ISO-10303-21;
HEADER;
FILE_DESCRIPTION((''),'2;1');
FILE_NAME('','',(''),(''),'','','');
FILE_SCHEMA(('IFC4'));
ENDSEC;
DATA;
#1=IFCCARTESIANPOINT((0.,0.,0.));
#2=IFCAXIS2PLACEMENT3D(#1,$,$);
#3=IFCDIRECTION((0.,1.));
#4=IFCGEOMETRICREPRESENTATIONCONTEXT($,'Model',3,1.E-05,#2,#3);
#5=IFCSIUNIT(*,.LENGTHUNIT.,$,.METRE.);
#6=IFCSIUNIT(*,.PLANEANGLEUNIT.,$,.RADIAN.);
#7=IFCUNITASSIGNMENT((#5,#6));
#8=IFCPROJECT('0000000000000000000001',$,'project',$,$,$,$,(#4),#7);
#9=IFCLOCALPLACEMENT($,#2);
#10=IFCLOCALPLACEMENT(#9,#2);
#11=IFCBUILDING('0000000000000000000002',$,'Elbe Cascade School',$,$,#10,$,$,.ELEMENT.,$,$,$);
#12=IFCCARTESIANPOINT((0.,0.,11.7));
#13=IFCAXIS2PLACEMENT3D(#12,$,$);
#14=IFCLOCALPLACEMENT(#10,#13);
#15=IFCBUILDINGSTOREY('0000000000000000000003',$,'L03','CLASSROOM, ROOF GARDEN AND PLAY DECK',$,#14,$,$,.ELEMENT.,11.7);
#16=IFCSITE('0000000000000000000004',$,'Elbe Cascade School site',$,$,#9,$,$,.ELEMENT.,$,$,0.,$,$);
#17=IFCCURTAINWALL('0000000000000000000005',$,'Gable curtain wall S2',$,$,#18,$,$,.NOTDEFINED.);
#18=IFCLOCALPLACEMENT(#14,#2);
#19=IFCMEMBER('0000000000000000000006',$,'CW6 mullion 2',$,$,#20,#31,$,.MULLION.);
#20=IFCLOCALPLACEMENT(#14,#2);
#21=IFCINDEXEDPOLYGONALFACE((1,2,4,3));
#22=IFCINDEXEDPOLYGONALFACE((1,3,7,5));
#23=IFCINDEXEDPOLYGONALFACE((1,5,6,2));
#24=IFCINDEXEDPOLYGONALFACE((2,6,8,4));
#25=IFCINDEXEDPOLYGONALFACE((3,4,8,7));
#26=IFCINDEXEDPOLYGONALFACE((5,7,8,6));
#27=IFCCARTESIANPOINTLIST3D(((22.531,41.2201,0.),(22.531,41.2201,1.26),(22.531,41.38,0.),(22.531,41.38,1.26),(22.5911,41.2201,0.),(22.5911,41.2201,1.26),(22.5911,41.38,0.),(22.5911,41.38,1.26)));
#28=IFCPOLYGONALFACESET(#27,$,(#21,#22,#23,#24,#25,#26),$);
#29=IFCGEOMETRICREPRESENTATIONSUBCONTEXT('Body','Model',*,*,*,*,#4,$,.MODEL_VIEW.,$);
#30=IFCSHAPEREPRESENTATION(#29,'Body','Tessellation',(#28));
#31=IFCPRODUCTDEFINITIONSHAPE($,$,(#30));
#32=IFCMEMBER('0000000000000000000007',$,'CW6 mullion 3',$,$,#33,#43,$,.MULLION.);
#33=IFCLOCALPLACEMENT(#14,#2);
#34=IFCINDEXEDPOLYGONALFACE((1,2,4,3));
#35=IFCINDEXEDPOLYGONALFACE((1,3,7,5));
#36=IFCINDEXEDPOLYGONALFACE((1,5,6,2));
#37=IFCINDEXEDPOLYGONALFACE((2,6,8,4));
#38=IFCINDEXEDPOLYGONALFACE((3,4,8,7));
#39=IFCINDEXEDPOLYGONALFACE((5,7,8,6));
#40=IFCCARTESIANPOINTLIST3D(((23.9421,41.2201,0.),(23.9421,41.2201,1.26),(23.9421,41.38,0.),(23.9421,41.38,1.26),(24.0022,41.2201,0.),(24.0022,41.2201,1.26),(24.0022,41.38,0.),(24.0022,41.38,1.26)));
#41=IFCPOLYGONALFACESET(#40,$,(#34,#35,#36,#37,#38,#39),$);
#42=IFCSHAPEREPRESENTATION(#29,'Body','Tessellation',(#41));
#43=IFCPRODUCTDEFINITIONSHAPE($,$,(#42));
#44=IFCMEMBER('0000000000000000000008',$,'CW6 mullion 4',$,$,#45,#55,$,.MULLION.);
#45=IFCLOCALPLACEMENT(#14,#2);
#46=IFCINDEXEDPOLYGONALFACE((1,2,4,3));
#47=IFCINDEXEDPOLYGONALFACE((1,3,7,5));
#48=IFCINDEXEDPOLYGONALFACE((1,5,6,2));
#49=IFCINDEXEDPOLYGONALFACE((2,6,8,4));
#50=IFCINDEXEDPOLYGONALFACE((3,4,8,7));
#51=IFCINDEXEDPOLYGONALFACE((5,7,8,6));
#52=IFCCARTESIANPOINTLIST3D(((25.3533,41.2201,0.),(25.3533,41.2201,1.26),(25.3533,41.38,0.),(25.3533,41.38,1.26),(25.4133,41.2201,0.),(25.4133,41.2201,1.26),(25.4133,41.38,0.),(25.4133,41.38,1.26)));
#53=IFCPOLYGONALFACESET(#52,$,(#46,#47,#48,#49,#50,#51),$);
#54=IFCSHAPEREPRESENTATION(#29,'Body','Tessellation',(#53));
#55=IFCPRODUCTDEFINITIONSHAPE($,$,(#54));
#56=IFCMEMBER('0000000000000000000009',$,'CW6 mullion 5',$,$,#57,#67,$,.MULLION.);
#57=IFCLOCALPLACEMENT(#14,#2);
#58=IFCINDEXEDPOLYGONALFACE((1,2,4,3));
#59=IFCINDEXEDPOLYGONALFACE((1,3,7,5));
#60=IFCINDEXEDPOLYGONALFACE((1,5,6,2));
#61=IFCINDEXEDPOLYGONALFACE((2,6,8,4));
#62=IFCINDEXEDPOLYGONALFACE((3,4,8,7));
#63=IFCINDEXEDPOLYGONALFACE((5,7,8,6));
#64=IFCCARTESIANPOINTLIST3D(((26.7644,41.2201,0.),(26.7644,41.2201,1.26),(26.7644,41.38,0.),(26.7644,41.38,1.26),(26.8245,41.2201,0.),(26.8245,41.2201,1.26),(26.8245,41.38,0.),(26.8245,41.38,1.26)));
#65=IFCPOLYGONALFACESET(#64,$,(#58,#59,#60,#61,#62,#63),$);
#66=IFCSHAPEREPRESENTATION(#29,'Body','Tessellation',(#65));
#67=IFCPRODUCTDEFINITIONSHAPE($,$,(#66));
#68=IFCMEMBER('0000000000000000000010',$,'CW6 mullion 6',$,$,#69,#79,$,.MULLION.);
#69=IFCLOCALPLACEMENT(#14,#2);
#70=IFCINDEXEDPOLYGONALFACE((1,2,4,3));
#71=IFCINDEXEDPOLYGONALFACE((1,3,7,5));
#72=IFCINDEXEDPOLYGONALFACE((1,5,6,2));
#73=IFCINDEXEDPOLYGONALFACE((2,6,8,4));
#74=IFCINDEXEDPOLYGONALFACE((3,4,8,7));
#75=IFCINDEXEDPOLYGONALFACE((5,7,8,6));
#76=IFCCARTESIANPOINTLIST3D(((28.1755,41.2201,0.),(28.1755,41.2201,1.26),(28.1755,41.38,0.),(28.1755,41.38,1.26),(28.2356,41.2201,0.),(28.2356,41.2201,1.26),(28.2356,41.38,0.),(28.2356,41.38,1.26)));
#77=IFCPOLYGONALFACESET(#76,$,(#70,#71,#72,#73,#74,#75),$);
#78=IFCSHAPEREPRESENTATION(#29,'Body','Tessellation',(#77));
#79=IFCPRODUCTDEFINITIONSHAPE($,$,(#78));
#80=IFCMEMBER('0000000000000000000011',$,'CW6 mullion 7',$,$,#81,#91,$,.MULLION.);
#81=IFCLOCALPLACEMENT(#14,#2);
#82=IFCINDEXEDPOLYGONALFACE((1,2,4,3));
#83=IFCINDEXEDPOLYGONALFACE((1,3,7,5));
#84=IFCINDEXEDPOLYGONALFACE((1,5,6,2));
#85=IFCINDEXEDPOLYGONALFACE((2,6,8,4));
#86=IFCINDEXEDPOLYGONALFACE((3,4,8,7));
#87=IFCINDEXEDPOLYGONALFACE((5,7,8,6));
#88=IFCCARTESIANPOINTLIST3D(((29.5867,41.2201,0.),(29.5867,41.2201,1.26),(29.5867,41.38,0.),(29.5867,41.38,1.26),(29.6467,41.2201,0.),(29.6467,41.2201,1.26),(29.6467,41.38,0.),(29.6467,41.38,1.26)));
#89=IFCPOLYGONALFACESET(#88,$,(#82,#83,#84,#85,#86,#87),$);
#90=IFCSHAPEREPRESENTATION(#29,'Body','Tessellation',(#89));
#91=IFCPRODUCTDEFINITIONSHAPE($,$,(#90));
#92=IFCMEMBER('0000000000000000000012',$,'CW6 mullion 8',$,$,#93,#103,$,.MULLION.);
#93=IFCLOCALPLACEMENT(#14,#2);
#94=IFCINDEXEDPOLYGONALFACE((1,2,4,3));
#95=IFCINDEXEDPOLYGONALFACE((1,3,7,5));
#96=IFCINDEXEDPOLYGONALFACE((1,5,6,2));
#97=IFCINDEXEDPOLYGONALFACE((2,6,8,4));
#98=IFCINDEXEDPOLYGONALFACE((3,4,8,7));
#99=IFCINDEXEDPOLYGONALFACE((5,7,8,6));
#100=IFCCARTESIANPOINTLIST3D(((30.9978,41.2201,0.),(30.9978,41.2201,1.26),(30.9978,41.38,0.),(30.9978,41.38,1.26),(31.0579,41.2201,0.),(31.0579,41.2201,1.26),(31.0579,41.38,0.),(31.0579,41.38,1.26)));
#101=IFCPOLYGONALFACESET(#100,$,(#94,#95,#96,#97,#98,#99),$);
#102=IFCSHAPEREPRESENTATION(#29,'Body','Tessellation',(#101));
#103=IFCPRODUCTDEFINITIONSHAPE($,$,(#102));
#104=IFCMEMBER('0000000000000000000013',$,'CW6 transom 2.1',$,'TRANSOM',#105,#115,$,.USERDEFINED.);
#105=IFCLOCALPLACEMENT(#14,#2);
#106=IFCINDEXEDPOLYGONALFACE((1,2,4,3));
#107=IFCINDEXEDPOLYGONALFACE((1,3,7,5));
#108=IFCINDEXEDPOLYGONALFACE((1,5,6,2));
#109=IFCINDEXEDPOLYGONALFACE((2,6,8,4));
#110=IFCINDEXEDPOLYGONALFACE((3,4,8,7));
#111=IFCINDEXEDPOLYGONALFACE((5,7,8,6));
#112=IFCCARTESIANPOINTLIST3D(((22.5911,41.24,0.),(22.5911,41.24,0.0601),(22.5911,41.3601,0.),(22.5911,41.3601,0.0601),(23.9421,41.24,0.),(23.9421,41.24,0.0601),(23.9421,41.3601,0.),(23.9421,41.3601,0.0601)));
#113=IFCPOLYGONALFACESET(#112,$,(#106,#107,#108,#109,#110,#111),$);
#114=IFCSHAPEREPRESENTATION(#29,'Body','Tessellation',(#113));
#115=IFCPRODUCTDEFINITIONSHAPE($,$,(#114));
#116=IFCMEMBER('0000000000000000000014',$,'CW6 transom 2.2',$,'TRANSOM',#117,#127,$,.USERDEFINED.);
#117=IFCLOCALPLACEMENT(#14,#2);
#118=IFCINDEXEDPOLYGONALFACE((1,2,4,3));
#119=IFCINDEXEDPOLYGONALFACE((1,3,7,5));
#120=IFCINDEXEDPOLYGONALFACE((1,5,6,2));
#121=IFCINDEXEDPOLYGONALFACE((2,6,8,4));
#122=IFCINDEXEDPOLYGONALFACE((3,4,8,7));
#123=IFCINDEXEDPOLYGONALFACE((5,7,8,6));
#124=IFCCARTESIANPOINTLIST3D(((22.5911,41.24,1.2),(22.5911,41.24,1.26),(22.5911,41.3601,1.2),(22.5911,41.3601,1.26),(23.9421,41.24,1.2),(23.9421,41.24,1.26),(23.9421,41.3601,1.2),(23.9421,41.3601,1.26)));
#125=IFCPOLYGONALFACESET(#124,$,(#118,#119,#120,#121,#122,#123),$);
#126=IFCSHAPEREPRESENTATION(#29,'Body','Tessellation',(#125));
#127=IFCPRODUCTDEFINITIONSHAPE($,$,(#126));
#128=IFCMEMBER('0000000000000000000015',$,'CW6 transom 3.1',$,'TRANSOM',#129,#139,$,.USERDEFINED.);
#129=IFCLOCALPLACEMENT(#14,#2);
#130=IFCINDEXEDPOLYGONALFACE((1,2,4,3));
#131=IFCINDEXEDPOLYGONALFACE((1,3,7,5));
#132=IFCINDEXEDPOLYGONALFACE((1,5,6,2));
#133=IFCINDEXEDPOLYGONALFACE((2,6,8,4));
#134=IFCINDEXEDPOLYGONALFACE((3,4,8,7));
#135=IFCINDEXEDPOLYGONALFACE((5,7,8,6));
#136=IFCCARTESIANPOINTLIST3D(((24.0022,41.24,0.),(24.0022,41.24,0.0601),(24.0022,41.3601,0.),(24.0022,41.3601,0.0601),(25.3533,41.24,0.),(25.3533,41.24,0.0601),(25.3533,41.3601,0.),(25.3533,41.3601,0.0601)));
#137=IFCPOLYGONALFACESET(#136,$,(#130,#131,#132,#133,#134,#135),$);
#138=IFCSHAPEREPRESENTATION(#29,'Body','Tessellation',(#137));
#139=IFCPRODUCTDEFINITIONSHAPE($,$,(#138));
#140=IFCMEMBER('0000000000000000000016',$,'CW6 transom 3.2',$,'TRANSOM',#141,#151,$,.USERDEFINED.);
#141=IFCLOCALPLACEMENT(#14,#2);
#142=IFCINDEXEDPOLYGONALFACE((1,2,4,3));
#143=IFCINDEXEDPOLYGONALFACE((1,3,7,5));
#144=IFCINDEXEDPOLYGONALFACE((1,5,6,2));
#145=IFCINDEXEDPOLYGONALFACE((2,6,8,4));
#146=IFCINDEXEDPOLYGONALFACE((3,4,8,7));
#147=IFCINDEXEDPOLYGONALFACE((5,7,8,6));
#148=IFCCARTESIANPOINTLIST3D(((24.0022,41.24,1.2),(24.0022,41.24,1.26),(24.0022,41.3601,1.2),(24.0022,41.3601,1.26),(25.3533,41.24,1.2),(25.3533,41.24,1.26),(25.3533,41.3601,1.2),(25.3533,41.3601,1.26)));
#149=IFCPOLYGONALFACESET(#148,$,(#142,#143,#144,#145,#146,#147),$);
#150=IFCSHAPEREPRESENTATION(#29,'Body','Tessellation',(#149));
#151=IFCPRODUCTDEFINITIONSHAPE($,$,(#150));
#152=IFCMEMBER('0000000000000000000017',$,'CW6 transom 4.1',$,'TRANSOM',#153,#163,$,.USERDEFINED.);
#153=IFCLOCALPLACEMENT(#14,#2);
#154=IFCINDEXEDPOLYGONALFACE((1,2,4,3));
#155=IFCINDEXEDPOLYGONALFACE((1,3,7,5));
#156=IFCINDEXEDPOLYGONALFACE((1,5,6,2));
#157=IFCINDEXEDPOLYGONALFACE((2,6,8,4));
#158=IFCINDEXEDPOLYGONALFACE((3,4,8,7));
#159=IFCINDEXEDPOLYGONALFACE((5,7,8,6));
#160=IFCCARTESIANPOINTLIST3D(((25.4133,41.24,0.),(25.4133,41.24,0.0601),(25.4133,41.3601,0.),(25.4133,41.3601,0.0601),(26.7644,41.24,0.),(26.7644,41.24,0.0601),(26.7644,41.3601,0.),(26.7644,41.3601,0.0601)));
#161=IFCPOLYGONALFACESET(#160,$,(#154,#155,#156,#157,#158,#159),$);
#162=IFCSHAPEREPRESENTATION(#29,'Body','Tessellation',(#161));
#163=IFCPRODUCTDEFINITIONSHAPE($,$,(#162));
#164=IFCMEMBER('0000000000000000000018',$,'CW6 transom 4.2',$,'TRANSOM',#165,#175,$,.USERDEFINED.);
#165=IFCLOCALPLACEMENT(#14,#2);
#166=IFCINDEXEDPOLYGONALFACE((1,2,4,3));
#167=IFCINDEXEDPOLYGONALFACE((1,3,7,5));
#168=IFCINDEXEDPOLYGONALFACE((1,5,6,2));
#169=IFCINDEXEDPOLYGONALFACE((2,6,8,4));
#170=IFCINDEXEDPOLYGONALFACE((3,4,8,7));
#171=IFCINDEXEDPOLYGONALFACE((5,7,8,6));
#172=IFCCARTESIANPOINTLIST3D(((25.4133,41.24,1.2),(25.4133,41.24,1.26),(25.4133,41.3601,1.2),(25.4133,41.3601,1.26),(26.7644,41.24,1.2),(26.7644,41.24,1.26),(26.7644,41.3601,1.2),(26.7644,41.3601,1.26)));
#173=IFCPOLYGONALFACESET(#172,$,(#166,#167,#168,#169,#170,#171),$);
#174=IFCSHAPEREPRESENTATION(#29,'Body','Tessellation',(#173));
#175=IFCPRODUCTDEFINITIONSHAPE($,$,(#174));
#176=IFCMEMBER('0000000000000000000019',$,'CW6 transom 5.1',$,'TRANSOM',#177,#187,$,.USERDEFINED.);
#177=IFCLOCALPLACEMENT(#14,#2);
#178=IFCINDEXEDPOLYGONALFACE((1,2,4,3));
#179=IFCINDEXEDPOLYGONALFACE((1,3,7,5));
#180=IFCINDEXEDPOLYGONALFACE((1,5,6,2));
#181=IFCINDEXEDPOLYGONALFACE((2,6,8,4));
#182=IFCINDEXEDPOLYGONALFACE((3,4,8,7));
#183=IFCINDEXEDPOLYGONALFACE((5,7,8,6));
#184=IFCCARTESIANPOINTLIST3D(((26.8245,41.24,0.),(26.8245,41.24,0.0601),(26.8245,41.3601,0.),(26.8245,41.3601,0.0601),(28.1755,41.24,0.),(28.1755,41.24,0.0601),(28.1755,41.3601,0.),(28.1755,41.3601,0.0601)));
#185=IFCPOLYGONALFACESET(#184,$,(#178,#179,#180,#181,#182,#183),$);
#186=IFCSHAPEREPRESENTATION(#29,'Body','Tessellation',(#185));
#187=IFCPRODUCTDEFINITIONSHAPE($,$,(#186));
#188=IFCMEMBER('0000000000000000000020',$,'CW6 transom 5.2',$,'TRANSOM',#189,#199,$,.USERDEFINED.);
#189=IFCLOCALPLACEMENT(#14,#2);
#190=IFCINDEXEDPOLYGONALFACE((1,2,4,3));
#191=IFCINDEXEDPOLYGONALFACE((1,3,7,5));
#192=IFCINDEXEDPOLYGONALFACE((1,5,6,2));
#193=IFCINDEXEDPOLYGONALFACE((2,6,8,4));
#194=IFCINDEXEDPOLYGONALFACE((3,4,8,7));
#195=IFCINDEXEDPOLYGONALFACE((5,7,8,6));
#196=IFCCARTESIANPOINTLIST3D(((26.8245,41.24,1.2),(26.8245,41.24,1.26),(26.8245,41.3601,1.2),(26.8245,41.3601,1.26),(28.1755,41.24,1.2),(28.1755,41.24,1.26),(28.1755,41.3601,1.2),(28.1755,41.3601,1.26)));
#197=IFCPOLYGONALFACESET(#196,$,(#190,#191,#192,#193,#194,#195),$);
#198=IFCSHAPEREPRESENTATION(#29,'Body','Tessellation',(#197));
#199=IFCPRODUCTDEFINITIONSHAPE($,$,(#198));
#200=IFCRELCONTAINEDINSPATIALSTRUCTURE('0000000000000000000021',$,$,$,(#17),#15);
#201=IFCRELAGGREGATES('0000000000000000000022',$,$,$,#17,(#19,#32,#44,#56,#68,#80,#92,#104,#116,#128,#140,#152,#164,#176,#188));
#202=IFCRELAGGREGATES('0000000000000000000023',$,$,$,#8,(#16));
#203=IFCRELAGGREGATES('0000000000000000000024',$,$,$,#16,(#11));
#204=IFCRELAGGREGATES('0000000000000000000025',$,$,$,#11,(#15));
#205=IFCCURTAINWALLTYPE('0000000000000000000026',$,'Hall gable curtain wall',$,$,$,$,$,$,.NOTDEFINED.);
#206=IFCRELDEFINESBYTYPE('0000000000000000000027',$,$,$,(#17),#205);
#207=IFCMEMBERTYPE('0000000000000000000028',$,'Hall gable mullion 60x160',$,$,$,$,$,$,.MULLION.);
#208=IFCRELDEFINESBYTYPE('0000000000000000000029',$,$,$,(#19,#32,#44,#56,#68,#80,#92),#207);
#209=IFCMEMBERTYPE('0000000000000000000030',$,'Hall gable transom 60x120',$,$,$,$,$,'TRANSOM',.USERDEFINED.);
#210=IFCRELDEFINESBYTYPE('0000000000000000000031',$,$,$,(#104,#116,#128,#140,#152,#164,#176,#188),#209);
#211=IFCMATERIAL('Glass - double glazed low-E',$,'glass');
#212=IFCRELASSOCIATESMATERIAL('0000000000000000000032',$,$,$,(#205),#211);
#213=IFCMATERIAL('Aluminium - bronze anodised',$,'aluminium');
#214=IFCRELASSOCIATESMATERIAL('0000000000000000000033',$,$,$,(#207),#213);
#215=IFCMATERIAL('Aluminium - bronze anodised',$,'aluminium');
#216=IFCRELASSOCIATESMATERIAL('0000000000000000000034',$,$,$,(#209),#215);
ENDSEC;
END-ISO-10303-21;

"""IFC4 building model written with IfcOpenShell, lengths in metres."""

from ifc_helpers import new_model, si_unit, direction, frame, origin, origin_2d, place, context, subcontext, project, spatial, rectangle, extrude, material, material_profile, profile_set, type_object, element, aggregate, save


model = new_model("IFC4")

# Units and contexts
model_context = context("Model", 3, precision=1e-05, world=origin(), true_north=direction((0.0, 1.0)))
body_context = subcontext(model_context, "Body", "Model", "MODEL_VIEW")
ifc_project = project(units=[si_unit("LENGTHUNIT", "METRE"), si_unit("PLANEANGLEUNIT", "RADIAN")], contexts=[model_context])

# Site, building, storey
site_placement = place(None, origin())
site = spatial("IfcSite", under=ifc_project, at=site_placement, Name="Elbe Cascade School site", CompositionType="ELEMENT", RefElevation=0.0)
building_placement = place(site_placement, origin())
building = spatial("IfcBuilding", under=site, at=building_placement, Name="Elbe Cascade School", CompositionType="ELEMENT")
storey_placement = place(building_placement, frame((0.0, 0.0, 11.7)))
storey = spatial("IfcBuildingStorey", under=building, at=storey_placement, Name="L03", Description="CLASSROOM, ROOF GARDEN AND PLAY DECK", CompositionType="ELEMENT", Elevation=11.7)

# Curtain wall, members
ifc_material_1 = material(Name="Glass - double glazed low-E", Category="glass")
curtain_wall_type = type_object("IfcCurtainWallType", Name="Hall gable curtain wall", PredefinedType="NOTDEFINED", material=ifc_material_1)
curtain_wall_placement = place(storey_placement, origin())
curtain_wall = element("IfcCurtainWall", 1, at=curtain_wall_placement, inside=storey, type_object=curtain_wall_type, Name="Gable curtain wall S2", PredefinedType="NOTDEFINED")
ifc_material_2 = material(Name="Aluminium - bronze anodised", Category="aluminium")
ifc_material_profile_1 = material_profile(ifc_material_2, rectangle(XDim=0.1599, YDim=0.0601, at=origin_2d()), Name="Alu 60x160")
ifc_profile_set_1 = profile_set([ifc_material_profile_1], Name="Aluminium - bronze anodised")
member_type_1 = type_object("IfcMemberType", Name="Hall gable mullion 60x160", PredefinedType="MULLION", material=ifc_profile_set_1)
member_1_placement = place(storey_placement, frame((22.561, 41.3, 0.0), z_axis=(0.0, 0.0, 1.0), x_axis=(0.0, 1.0, 0.0)))
member_1 = element("IfcMember", 2, at=member_1_placement, type_object=member_type_1, Name="CW6 mullion 2", PredefinedType="MULLION", context=body_context, shape_type="SweptSolid", body=[
    extrude(rectangle(XDim=0.1599, YDim=0.0601, at=origin_2d()), origin(), (0.0, 0.0, 1.0), 1.26),
])
member_2_placement = place(storey_placement, frame((23.9722, 41.3, 0.0), z_axis=(0.0, 0.0, 1.0), x_axis=(0.0, 1.0, 0.0)))
member_2 = element("IfcMember", 3, at=member_2_placement, type_object=member_type_1, Name="CW6 mullion 3", PredefinedType="MULLION", context=body_context, shape_type="SweptSolid", body=[
    extrude(rectangle(XDim=0.1599, YDim=0.0601, at=origin_2d()), origin(), (0.0, 0.0, 1.0), 1.26),
])
member_3_placement = place(storey_placement, frame((25.3833, 41.3, 0.0), z_axis=(0.0, 0.0, 1.0), x_axis=(0.0, 1.0, 0.0)))
member_3 = element("IfcMember", 4, at=member_3_placement, type_object=member_type_1, Name="CW6 mullion 4", PredefinedType="MULLION", context=body_context, shape_type="SweptSolid", body=[
    extrude(rectangle(XDim=0.1599, YDim=0.0601, at=origin_2d()), origin(), (0.0, 0.0, 1.0), 1.26),
])
member_4_placement = place(storey_placement, frame((26.7944, 41.3, 0.0), z_axis=(0.0, 0.0, 1.0), x_axis=(0.0, 1.0, 0.0)))
member_4 = element("IfcMember", 5, at=member_4_placement, type_object=member_type_1, Name="CW6 mullion 5", PredefinedType="MULLION", context=body_context, shape_type="SweptSolid", body=[
    extrude(rectangle(XDim=0.1599, YDim=0.0601, at=origin_2d()), origin(), (0.0, 0.0, 1.0), 1.26),
])
member_5_placement = place(storey_placement, frame((28.2056, 41.3, 0.0), z_axis=(0.0, 0.0, 1.0), x_axis=(0.0, 1.0, 0.0)))
member_5 = element("IfcMember", 6, at=member_5_placement, type_object=member_type_1, Name="CW6 mullion 6", PredefinedType="MULLION", context=body_context, shape_type="SweptSolid", body=[
    extrude(rectangle(XDim=0.1599, YDim=0.0601, at=origin_2d()), origin(), (0.0, 0.0, 1.0), 1.26),
])
member_6_placement = place(storey_placement, frame((29.6167, 41.3, 0.0), z_axis=(0.0, 0.0, 1.0), x_axis=(0.0, 1.0, 0.0)))
member_6 = element("IfcMember", 7, at=member_6_placement, type_object=member_type_1, Name="CW6 mullion 7", PredefinedType="MULLION", context=body_context, shape_type="SweptSolid", body=[
    extrude(rectangle(XDim=0.1599, YDim=0.0601, at=origin_2d()), origin(), (0.0, 0.0, 1.0), 1.26),
])
member_7_placement = place(storey_placement, frame((31.0278, 41.3, 0.0), z_axis=(0.0, 0.0, 1.0), x_axis=(0.0, 1.0, 0.0)))
member_7 = element("IfcMember", 8, at=member_7_placement, type_object=member_type_1, Name="CW6 mullion 8", PredefinedType="MULLION", context=body_context, shape_type="SweptSolid", body=[
    extrude(rectangle(XDim=0.1599, YDim=0.0601, at=origin_2d()), origin(), (0.0, 0.0, 1.0), 1.26),
])
ifc_material_3 = material(Name="Aluminium - bronze anodised", Category="aluminium")
ifc_material_profile_2 = material_profile(ifc_material_3, rectangle(XDim=0.1201, YDim=0.0601, at=origin_2d()), Name="Alu 60x120")
ifc_profile_set_2 = profile_set([ifc_material_profile_2], Name="Aluminium - bronze anodised")
member_type_2 = type_object("IfcMemberType", Name="Hall gable transom 60x120", ElementType="TRANSOM", PredefinedType="USERDEFINED", material=ifc_profile_set_2)
member_8_placement = place(storey_placement, frame((22.5911, 41.3, 0.03), z_axis=(1.0, 0.0, 0.0), x_axis=(0.0, 1.0, 0.0)))
member_8 = element("IfcMember", 9, at=member_8_placement, type_object=member_type_2, Name="CW6 transom 2.1", ObjectType="TRANSOM", PredefinedType="USERDEFINED", context=body_context, shape_type="SweptSolid", body=[
    extrude(rectangle(XDim=0.1201, YDim=0.0601, at=origin_2d()), origin(), (0.0, 0.0, 1.0), 1.3511),
])
member_9_placement = place(storey_placement, frame((22.5911, 41.3, 1.23), z_axis=(1.0, 0.0, 0.0), x_axis=(0.0, 1.0, 0.0)))
member_9 = element("IfcMember", 10, at=member_9_placement, type_object=member_type_2, Name="CW6 transom 2.2", ObjectType="TRANSOM", PredefinedType="USERDEFINED", context=body_context, shape_type="SweptSolid", body=[
    extrude(rectangle(XDim=0.1201, YDim=0.0601, at=origin_2d()), origin(), (0.0, 0.0, 1.0), 1.3511),
])
member_10_placement = place(storey_placement, frame((24.0022, 41.3, 0.03), z_axis=(1.0, 0.0, 0.0), x_axis=(0.0, 1.0, 0.0)))
member_10 = element("IfcMember", 11, at=member_10_placement, type_object=member_type_2, Name="CW6 transom 3.1", ObjectType="TRANSOM", PredefinedType="USERDEFINED", context=body_context, shape_type="SweptSolid", body=[
    extrude(rectangle(XDim=0.1201, YDim=0.0601, at=origin_2d()), origin(), (0.0, 0.0, 1.0), 1.3511),
])
member_11_placement = place(storey_placement, frame((24.0022, 41.3, 1.23), z_axis=(1.0, 0.0, 0.0), x_axis=(0.0, 1.0, 0.0)))
member_11 = element("IfcMember", 12, at=member_11_placement, type_object=member_type_2, Name="CW6 transom 3.2", ObjectType="TRANSOM", PredefinedType="USERDEFINED", context=body_context, shape_type="SweptSolid", body=[
    extrude(rectangle(XDim=0.1201, YDim=0.0601, at=origin_2d()), origin(), (0.0, 0.0, 1.0), 1.3511),
])
member_12_placement = place(storey_placement, frame((25.4133, 41.3, 0.03), z_axis=(1.0, 0.0, 0.0), x_axis=(0.0, 1.0, 0.0)))
member_12 = element("IfcMember", 13, at=member_12_placement, type_object=member_type_2, Name="CW6 transom 4.1", ObjectType="TRANSOM", PredefinedType="USERDEFINED", context=body_context, shape_type="SweptSolid", body=[
    extrude(rectangle(XDim=0.1201, YDim=0.0601, at=origin_2d()), origin(), (0.0, 0.0, 1.0), 1.3511),
])
member_13_placement = place(storey_placement, frame((25.4133, 41.3, 1.23), z_axis=(1.0, 0.0, 0.0), x_axis=(0.0, 1.0, 0.0)))
member_13 = element("IfcMember", 14, at=member_13_placement, type_object=member_type_2, Name="CW6 transom 4.2", ObjectType="TRANSOM", PredefinedType="USERDEFINED", context=body_context, shape_type="SweptSolid", body=[
    extrude(rectangle(XDim=0.1201, YDim=0.0601, at=origin_2d()), origin(), (0.0, 0.0, 1.0), 1.3511),
])
member_14_placement = place(storey_placement, frame((26.8245, 41.3, 0.03), z_axis=(1.0, 0.0, 0.0), x_axis=(0.0, 1.0, 0.0)))
member_14 = element("IfcMember", 15, at=member_14_placement, type_object=member_type_2, Name="CW6 transom 5.1", ObjectType="TRANSOM", PredefinedType="USERDEFINED", context=body_context, shape_type="SweptSolid", body=[
    extrude(rectangle(XDim=0.1201, YDim=0.0601, at=origin_2d()), origin(), (0.0, 0.0, 1.0), 1.3511),
])
member_15_placement = place(storey_placement, frame((26.8245, 41.3, 1.23), z_axis=(1.0, 0.0, 0.0), x_axis=(0.0, 1.0, 0.0)))
member_15 = element("IfcMember", 16, at=member_15_placement, type_object=member_type_2, Name="CW6 transom 5.2", ObjectType="TRANSOM", PredefinedType="USERDEFINED", context=body_context, shape_type="SweptSolid", body=[
    extrude(rectangle(XDim=0.1201, YDim=0.0601, at=origin_2d()), origin(), (0.0, 0.0, 1.0), 1.3511),
])
aggregate(curtain_wall, [member_1, member_2, member_3, member_4, member_5, member_6, member_7, member_8, member_9, member_10, member_11, member_12, member_13, member_14, member_15])

save(model, "model.ifc")
